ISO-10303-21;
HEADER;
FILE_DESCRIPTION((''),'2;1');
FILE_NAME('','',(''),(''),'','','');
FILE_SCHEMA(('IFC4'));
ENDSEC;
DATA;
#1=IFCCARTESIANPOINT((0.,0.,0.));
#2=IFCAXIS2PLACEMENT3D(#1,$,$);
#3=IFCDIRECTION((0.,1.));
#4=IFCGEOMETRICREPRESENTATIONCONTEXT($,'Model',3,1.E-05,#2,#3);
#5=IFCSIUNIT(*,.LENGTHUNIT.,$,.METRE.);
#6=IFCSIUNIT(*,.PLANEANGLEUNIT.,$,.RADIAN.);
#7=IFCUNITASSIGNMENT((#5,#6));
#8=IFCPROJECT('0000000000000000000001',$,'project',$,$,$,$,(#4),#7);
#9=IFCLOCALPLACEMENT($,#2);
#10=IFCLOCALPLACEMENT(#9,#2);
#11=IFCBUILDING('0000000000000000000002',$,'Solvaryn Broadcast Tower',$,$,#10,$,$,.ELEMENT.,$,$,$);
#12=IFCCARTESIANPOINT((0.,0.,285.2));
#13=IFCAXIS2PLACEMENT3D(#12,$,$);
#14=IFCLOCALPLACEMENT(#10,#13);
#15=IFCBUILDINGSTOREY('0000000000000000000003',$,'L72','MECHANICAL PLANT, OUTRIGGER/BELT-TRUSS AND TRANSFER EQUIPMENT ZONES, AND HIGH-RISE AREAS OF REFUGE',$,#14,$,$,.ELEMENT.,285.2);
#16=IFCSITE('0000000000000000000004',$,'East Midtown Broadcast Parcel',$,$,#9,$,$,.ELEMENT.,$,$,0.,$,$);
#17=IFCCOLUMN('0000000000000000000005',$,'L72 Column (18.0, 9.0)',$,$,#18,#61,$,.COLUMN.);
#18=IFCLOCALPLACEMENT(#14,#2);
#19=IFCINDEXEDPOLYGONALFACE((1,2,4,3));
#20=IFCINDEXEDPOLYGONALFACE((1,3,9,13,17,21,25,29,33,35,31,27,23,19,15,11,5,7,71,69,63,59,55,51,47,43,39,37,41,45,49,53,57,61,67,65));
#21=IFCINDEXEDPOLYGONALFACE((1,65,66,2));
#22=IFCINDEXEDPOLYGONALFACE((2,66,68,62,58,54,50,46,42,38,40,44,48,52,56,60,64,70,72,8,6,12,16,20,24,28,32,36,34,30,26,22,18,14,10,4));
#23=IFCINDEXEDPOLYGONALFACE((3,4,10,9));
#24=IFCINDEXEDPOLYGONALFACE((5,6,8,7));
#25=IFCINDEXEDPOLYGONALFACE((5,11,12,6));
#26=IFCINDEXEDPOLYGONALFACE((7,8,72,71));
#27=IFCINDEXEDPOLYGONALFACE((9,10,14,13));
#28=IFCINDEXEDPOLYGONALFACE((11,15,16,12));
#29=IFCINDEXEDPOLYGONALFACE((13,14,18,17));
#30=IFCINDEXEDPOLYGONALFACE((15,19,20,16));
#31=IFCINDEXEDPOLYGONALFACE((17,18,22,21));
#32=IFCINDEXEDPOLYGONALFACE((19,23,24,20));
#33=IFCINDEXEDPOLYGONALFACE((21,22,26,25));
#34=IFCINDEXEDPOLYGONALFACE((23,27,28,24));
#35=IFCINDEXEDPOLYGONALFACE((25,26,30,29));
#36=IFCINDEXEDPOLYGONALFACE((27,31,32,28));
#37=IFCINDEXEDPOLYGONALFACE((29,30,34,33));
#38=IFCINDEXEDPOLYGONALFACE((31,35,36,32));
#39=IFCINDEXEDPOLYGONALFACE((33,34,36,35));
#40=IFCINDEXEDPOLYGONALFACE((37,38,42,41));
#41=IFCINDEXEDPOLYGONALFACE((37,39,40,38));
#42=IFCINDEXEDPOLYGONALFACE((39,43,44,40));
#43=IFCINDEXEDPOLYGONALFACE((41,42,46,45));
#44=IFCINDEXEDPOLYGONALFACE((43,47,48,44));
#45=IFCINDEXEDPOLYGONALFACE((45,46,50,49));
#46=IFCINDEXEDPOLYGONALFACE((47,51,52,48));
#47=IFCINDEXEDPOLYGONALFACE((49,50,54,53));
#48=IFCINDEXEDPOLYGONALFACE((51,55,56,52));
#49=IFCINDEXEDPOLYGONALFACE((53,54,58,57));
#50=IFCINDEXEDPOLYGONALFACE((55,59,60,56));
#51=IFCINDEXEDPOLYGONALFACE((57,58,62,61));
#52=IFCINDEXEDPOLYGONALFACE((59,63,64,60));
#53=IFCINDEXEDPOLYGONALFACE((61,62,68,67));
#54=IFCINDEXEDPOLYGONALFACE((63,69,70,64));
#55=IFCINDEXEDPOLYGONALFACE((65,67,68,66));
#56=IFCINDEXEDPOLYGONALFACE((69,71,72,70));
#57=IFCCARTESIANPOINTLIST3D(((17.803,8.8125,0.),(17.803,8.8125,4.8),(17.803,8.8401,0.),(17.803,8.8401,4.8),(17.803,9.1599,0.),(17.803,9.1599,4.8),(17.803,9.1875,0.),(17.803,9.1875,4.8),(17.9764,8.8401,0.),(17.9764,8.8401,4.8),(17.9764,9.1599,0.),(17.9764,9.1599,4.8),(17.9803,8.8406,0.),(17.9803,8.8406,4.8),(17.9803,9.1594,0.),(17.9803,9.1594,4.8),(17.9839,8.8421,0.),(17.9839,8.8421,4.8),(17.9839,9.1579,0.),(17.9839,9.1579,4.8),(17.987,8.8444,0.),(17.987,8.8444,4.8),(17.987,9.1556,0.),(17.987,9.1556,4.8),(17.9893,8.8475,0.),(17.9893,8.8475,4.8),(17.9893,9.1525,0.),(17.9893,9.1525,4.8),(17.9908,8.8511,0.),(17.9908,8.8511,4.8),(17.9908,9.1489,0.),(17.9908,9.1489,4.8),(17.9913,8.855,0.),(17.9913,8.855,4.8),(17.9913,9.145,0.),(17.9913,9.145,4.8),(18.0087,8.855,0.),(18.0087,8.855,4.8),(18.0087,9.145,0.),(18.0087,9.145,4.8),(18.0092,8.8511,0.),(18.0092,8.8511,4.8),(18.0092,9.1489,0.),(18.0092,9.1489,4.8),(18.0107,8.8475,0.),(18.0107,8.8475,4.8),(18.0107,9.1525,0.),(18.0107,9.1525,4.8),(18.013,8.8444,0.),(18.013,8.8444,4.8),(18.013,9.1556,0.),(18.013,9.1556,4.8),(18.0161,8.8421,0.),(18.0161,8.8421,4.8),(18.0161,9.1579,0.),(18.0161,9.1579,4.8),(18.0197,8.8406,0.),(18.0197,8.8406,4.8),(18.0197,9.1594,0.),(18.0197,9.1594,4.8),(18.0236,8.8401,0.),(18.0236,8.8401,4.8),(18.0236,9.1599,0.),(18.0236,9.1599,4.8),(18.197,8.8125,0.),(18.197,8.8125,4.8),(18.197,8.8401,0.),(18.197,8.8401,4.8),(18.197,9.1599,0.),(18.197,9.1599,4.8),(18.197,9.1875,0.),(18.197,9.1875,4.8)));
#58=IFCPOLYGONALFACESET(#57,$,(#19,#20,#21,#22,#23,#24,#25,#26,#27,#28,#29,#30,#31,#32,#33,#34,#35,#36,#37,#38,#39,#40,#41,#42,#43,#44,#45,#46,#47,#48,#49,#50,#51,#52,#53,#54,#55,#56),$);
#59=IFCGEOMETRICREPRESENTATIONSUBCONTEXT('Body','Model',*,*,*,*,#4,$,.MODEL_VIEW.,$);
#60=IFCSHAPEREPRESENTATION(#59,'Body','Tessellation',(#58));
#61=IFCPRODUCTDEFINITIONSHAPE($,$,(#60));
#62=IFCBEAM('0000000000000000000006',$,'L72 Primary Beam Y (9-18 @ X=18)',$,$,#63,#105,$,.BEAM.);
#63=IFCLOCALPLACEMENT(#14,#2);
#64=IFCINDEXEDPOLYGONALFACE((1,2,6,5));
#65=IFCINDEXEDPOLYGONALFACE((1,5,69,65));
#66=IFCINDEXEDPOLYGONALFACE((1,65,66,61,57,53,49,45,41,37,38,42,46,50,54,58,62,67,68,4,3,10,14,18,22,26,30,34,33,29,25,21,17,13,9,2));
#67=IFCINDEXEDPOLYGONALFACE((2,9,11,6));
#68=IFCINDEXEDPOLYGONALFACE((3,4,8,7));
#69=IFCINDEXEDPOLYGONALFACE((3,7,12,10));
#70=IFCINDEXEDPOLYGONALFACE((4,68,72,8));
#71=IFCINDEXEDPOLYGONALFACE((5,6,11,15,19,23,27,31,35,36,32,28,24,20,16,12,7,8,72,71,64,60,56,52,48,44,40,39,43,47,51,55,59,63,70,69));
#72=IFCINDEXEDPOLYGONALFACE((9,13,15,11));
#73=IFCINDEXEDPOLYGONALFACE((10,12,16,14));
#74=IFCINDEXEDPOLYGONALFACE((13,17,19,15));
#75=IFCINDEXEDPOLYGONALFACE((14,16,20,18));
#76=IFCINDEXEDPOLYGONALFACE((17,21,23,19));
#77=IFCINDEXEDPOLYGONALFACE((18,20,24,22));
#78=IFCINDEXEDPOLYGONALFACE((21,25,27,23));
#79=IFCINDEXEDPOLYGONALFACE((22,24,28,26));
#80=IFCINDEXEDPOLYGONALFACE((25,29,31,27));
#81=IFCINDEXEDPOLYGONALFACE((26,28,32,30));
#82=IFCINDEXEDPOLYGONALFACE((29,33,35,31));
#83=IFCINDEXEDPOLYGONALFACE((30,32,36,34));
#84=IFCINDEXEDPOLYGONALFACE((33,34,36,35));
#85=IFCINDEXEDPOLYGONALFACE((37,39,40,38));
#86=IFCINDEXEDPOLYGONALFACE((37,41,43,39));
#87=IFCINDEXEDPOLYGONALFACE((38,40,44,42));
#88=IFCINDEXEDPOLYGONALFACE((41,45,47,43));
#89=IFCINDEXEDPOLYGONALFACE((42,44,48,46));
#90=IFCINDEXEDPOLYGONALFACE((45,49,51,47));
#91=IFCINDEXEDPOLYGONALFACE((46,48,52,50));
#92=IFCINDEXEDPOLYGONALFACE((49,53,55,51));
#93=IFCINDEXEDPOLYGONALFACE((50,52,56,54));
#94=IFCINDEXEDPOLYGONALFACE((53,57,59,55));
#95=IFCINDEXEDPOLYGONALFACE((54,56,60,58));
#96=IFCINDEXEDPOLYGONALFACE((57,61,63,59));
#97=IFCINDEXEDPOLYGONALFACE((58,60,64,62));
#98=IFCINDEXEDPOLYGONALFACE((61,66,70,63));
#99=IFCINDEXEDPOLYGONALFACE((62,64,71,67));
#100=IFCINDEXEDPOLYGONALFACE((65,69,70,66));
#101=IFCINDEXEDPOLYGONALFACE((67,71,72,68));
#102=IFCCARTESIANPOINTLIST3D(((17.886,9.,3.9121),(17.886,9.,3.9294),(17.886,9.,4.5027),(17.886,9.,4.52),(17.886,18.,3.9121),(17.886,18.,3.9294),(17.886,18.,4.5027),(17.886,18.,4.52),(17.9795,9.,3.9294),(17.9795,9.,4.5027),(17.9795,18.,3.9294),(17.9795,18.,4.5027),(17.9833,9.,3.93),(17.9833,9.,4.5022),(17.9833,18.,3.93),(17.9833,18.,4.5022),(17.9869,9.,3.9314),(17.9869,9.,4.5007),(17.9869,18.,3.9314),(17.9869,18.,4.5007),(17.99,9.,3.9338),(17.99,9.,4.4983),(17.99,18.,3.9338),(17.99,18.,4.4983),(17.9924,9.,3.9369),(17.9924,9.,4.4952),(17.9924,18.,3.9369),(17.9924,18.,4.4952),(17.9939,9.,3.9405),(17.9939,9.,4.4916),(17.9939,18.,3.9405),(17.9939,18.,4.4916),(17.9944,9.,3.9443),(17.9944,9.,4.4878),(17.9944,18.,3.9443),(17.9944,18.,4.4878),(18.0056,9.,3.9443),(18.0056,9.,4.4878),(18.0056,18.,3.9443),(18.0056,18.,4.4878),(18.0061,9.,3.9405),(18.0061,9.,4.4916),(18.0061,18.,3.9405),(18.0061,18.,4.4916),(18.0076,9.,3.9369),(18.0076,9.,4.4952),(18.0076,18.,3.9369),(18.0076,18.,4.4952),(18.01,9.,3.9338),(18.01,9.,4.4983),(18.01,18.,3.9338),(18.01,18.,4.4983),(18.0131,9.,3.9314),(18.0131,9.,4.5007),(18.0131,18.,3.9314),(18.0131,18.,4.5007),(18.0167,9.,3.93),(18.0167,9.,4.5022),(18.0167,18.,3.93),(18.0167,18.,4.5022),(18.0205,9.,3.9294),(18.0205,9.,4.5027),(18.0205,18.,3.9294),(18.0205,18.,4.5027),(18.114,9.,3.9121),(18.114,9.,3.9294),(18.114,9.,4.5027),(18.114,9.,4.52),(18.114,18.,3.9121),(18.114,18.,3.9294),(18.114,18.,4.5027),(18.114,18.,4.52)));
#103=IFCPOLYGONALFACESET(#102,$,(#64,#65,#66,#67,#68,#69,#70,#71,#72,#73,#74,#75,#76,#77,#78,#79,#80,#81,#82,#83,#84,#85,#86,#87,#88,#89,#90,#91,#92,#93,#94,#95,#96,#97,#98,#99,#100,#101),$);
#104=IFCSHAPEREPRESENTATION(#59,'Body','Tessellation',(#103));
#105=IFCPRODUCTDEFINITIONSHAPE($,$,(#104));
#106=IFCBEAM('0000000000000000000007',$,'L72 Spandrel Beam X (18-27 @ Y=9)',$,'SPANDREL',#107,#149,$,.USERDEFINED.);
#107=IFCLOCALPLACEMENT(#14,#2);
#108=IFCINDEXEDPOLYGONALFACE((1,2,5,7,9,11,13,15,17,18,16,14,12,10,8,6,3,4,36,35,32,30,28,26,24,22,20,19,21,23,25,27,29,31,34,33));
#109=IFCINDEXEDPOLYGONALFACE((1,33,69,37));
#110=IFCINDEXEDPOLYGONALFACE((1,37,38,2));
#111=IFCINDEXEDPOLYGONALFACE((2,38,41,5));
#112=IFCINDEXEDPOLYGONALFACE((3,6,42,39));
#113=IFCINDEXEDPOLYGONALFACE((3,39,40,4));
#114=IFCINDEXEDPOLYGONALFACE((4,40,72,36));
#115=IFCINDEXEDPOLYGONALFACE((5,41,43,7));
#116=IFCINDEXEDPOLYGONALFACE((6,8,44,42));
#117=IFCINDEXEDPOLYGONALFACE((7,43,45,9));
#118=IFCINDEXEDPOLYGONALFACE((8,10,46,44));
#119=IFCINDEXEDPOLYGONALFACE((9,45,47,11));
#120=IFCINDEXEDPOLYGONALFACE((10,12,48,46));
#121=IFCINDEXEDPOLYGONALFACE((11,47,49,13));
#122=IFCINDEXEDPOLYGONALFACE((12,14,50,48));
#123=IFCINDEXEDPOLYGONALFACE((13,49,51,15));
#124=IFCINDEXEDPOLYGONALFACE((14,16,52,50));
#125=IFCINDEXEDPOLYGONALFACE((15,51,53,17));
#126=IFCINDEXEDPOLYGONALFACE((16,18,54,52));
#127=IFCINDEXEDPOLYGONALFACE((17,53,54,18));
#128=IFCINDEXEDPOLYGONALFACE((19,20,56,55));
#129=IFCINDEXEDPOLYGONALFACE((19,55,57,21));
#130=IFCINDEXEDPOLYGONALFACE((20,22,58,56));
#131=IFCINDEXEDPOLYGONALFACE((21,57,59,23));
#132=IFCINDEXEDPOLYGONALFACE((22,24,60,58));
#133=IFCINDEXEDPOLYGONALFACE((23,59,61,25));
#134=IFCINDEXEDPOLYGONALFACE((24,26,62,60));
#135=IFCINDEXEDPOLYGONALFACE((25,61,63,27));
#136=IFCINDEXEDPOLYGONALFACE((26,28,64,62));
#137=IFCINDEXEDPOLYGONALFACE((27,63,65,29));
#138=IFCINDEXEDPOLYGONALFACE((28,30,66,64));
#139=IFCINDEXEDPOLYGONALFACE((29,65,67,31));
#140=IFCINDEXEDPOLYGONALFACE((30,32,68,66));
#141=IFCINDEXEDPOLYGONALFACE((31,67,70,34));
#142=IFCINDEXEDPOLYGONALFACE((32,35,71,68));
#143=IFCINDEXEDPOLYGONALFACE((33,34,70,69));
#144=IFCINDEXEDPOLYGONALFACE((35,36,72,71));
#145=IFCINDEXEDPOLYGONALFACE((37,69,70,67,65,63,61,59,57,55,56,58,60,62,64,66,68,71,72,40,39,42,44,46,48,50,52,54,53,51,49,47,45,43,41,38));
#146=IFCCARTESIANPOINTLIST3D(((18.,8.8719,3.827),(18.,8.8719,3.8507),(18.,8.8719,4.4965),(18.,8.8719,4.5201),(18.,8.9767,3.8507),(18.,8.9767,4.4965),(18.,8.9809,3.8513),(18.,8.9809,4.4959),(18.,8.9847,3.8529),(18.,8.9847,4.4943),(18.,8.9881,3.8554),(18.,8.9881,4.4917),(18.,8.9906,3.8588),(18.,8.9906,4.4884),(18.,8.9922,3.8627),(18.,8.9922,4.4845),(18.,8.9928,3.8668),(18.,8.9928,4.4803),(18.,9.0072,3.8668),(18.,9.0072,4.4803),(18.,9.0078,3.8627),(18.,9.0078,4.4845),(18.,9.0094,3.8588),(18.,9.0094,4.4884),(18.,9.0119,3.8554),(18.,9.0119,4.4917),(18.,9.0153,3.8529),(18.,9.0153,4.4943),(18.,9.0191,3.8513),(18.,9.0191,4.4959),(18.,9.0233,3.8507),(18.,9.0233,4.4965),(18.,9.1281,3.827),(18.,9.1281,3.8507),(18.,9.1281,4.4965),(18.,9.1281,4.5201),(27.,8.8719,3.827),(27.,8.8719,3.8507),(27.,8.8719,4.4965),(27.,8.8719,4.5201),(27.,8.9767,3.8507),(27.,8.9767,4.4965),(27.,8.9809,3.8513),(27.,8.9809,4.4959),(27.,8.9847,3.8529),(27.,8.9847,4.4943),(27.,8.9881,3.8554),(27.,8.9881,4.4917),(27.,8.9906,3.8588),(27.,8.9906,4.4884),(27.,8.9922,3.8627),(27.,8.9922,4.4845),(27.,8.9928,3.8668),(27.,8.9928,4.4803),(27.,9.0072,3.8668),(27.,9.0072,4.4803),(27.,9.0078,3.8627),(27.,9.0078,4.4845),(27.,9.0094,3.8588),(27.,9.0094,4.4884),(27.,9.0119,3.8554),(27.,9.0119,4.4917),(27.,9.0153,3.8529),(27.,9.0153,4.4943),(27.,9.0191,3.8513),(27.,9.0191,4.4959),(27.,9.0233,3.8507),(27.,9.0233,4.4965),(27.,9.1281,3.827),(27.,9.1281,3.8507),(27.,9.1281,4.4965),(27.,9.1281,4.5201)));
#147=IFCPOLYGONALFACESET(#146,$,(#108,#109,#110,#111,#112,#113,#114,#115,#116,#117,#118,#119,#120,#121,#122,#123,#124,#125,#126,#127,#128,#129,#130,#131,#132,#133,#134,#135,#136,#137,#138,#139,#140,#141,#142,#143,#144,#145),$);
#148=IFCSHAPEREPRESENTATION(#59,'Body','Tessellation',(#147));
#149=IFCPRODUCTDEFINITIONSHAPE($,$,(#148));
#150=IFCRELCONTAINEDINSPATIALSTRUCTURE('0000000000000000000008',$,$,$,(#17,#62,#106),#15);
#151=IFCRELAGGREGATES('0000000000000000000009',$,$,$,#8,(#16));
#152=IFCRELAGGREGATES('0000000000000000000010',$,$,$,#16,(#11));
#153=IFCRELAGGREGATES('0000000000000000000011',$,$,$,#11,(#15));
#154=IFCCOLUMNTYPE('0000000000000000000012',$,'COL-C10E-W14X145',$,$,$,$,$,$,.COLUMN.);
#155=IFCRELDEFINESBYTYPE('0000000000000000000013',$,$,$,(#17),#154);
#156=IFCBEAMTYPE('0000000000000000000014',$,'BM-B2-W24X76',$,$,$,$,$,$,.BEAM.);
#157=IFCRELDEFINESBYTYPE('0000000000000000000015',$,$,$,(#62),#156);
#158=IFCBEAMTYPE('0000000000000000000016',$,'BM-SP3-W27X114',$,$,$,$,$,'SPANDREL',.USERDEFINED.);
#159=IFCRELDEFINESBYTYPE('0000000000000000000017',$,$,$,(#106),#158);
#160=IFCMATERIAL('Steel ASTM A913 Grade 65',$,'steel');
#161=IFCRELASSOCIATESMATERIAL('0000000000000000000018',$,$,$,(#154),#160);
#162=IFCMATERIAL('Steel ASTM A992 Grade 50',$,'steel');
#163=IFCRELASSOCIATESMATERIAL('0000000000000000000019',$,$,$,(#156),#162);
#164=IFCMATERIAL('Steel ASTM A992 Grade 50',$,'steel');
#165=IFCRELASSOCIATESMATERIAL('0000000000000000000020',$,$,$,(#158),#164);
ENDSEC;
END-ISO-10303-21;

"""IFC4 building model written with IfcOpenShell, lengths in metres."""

from ifc_helpers import new_model, si_unit, direction, frame, origin, origin_2d, place, context, subcontext, project, spatial, i_section, extrude, material, material_profile, profile_set, type_object, element, save


model = new_model("IFC4")

# Units and contexts
model_context = context("Model", 3, precision=1e-05, world=origin(), true_north=direction((0.0, 1.0)))
body_context = subcontext(model_context, "Body", "Model", "MODEL_VIEW")
ifc_project = project(units=[si_unit("LENGTHUNIT", "METRE"), si_unit("PLANEANGLEUNIT", "RADIAN")], contexts=[model_context])

# Site, building, storey
site_placement = place(None, origin())
site = spatial("IfcSite", under=ifc_project, at=site_placement, Name="East Midtown Broadcast Parcel", CompositionType="ELEMENT", RefElevation=0.0)
building_placement = place(site_placement, origin())
building = spatial("IfcBuilding", under=site, at=building_placement, Name="Solvaryn Broadcast Tower", CompositionType="ELEMENT")
storey_placement = place(building_placement, frame((0.0, 0.0, 285.2)))
storey = spatial("IfcBuildingStorey", under=building, at=storey_placement, Name="L72", Description="MECHANICAL PLANT, OUTRIGGER/BELT-TRUSS AND TRANSFER EQUIPMENT ZONES, AND HIGH-RISE AREAS OF REFUGE", CompositionType="ELEMENT", Elevation=285.2)

# Column
ifc_material_1 = material(Name="Steel ASTM A913 Grade 65", Category="steel")
ifc_material_profile_1 = material_profile(ifc_material_1, i_section(OverallWidth=0.394, OverallDepth=0.375, WebThickness=0.0173, FlangeThickness=0.0276, FilletRadius=0.0149, at=origin_2d()))
ifc_profile_set_1 = profile_set([ifc_material_profile_1], Name="Steel ASTM A913 Grade 65")
column_type = type_object("IfcColumnType", Name="COL-C10E-W14X145", PredefinedType="COLUMN", material=ifc_profile_set_1)
column_placement = place(storey_placement, frame((18.0, 9.0, 0.0), z_axis=(0.0, 0.0, 1.0), x_axis=(1.0, 0.0, 0.0)))
element("IfcColumn", 1, at=column_placement, inside=storey, type_object=column_type, Name="L72 Column (18.0, 9.0)", PredefinedType="COLUMN", context=body_context, shape_type="SweptSolid", body=[
    extrude(i_section(OverallWidth=0.394, OverallDepth=0.375, WebThickness=0.0173, FlangeThickness=0.0276, FilletRadius=0.0149, at=origin_2d()), origin(), (0.0, 0.0, 1.0), 4.8),
])

# Beams
ifc_material_2 = material(Name="Steel ASTM A992 Grade 50", Category="steel")
ifc_material_profile_2 = material_profile(ifc_material_2, i_section(OverallWidth=0.228, OverallDepth=0.6079, WebThickness=0.0112, FlangeThickness=0.0173, FilletRadius=0.0149, at=origin_2d()))
ifc_profile_set_2 = profile_set([ifc_material_profile_2], Name="Steel ASTM A992 Grade 50")
beam_type_1 = type_object("IfcBeamType", Name="BM-B2-W24X76", PredefinedType="BEAM", material=ifc_profile_set_2)
beam_1_placement = place(storey_placement, frame((18.0, 9.0, 4.2161), z_axis=(0.0, 1.0, 0.0), x_axis=(-1.0, 0.0, 0.0)))
element("IfcBeam", 2, at=beam_1_placement, inside=storey, type_object=beam_type_1, Name="L72 Primary Beam Y (9-18 @ X=18)", PredefinedType="BEAM", context=body_context, shape_type="SweptSolid", body=[
    extrude(i_section(OverallWidth=0.228, OverallDepth=0.6079, WebThickness=0.0112, FlangeThickness=0.0173, FilletRadius=0.0149, at=origin_2d()), origin(), (0.0, 0.0, 1.0), 9.0),
])
ifc_material_3 = material(Name="Steel ASTM A992 Grade 50", Category="steel")
ifc_material_profile_3 = material_profile(ifc_material_3, i_section(OverallWidth=0.2561, OverallDepth=0.6931, WebThickness=0.0144, FlangeThickness=0.0237, FilletRadius=0.0161, at=origin_2d()))
ifc_profile_set_3 = profile_set([ifc_material_profile_3], Name="Steel ASTM A992 Grade 50")
beam_type_2 = type_object("IfcBeamType", Name="BM-SP3-W27X114", ElementType="SPANDREL", PredefinedType="USERDEFINED", material=ifc_profile_set_3)
beam_2_placement = place(storey_placement, frame((18.0, 9.0, 4.1736), z_axis=(1.0, 0.0, 0.0), x_axis=(0.0, 1.0, 0.0)))
element("IfcBeam", 3, at=beam_2_placement, inside=storey, type_object=beam_type_2, Name="L72 Spandrel Beam X (18-27 @ Y=9)", ObjectType="SPANDREL", PredefinedType="USERDEFINED", context=body_context, shape_type="SweptSolid", body=[
    extrude(i_section(OverallWidth=0.2561, OverallDepth=0.6931, WebThickness=0.0144, FlangeThickness=0.0237, FilletRadius=0.0161, at=origin_2d()), origin(), (0.0, 0.0, 1.0), 9.0),
])

save(model, "model.ifc")
